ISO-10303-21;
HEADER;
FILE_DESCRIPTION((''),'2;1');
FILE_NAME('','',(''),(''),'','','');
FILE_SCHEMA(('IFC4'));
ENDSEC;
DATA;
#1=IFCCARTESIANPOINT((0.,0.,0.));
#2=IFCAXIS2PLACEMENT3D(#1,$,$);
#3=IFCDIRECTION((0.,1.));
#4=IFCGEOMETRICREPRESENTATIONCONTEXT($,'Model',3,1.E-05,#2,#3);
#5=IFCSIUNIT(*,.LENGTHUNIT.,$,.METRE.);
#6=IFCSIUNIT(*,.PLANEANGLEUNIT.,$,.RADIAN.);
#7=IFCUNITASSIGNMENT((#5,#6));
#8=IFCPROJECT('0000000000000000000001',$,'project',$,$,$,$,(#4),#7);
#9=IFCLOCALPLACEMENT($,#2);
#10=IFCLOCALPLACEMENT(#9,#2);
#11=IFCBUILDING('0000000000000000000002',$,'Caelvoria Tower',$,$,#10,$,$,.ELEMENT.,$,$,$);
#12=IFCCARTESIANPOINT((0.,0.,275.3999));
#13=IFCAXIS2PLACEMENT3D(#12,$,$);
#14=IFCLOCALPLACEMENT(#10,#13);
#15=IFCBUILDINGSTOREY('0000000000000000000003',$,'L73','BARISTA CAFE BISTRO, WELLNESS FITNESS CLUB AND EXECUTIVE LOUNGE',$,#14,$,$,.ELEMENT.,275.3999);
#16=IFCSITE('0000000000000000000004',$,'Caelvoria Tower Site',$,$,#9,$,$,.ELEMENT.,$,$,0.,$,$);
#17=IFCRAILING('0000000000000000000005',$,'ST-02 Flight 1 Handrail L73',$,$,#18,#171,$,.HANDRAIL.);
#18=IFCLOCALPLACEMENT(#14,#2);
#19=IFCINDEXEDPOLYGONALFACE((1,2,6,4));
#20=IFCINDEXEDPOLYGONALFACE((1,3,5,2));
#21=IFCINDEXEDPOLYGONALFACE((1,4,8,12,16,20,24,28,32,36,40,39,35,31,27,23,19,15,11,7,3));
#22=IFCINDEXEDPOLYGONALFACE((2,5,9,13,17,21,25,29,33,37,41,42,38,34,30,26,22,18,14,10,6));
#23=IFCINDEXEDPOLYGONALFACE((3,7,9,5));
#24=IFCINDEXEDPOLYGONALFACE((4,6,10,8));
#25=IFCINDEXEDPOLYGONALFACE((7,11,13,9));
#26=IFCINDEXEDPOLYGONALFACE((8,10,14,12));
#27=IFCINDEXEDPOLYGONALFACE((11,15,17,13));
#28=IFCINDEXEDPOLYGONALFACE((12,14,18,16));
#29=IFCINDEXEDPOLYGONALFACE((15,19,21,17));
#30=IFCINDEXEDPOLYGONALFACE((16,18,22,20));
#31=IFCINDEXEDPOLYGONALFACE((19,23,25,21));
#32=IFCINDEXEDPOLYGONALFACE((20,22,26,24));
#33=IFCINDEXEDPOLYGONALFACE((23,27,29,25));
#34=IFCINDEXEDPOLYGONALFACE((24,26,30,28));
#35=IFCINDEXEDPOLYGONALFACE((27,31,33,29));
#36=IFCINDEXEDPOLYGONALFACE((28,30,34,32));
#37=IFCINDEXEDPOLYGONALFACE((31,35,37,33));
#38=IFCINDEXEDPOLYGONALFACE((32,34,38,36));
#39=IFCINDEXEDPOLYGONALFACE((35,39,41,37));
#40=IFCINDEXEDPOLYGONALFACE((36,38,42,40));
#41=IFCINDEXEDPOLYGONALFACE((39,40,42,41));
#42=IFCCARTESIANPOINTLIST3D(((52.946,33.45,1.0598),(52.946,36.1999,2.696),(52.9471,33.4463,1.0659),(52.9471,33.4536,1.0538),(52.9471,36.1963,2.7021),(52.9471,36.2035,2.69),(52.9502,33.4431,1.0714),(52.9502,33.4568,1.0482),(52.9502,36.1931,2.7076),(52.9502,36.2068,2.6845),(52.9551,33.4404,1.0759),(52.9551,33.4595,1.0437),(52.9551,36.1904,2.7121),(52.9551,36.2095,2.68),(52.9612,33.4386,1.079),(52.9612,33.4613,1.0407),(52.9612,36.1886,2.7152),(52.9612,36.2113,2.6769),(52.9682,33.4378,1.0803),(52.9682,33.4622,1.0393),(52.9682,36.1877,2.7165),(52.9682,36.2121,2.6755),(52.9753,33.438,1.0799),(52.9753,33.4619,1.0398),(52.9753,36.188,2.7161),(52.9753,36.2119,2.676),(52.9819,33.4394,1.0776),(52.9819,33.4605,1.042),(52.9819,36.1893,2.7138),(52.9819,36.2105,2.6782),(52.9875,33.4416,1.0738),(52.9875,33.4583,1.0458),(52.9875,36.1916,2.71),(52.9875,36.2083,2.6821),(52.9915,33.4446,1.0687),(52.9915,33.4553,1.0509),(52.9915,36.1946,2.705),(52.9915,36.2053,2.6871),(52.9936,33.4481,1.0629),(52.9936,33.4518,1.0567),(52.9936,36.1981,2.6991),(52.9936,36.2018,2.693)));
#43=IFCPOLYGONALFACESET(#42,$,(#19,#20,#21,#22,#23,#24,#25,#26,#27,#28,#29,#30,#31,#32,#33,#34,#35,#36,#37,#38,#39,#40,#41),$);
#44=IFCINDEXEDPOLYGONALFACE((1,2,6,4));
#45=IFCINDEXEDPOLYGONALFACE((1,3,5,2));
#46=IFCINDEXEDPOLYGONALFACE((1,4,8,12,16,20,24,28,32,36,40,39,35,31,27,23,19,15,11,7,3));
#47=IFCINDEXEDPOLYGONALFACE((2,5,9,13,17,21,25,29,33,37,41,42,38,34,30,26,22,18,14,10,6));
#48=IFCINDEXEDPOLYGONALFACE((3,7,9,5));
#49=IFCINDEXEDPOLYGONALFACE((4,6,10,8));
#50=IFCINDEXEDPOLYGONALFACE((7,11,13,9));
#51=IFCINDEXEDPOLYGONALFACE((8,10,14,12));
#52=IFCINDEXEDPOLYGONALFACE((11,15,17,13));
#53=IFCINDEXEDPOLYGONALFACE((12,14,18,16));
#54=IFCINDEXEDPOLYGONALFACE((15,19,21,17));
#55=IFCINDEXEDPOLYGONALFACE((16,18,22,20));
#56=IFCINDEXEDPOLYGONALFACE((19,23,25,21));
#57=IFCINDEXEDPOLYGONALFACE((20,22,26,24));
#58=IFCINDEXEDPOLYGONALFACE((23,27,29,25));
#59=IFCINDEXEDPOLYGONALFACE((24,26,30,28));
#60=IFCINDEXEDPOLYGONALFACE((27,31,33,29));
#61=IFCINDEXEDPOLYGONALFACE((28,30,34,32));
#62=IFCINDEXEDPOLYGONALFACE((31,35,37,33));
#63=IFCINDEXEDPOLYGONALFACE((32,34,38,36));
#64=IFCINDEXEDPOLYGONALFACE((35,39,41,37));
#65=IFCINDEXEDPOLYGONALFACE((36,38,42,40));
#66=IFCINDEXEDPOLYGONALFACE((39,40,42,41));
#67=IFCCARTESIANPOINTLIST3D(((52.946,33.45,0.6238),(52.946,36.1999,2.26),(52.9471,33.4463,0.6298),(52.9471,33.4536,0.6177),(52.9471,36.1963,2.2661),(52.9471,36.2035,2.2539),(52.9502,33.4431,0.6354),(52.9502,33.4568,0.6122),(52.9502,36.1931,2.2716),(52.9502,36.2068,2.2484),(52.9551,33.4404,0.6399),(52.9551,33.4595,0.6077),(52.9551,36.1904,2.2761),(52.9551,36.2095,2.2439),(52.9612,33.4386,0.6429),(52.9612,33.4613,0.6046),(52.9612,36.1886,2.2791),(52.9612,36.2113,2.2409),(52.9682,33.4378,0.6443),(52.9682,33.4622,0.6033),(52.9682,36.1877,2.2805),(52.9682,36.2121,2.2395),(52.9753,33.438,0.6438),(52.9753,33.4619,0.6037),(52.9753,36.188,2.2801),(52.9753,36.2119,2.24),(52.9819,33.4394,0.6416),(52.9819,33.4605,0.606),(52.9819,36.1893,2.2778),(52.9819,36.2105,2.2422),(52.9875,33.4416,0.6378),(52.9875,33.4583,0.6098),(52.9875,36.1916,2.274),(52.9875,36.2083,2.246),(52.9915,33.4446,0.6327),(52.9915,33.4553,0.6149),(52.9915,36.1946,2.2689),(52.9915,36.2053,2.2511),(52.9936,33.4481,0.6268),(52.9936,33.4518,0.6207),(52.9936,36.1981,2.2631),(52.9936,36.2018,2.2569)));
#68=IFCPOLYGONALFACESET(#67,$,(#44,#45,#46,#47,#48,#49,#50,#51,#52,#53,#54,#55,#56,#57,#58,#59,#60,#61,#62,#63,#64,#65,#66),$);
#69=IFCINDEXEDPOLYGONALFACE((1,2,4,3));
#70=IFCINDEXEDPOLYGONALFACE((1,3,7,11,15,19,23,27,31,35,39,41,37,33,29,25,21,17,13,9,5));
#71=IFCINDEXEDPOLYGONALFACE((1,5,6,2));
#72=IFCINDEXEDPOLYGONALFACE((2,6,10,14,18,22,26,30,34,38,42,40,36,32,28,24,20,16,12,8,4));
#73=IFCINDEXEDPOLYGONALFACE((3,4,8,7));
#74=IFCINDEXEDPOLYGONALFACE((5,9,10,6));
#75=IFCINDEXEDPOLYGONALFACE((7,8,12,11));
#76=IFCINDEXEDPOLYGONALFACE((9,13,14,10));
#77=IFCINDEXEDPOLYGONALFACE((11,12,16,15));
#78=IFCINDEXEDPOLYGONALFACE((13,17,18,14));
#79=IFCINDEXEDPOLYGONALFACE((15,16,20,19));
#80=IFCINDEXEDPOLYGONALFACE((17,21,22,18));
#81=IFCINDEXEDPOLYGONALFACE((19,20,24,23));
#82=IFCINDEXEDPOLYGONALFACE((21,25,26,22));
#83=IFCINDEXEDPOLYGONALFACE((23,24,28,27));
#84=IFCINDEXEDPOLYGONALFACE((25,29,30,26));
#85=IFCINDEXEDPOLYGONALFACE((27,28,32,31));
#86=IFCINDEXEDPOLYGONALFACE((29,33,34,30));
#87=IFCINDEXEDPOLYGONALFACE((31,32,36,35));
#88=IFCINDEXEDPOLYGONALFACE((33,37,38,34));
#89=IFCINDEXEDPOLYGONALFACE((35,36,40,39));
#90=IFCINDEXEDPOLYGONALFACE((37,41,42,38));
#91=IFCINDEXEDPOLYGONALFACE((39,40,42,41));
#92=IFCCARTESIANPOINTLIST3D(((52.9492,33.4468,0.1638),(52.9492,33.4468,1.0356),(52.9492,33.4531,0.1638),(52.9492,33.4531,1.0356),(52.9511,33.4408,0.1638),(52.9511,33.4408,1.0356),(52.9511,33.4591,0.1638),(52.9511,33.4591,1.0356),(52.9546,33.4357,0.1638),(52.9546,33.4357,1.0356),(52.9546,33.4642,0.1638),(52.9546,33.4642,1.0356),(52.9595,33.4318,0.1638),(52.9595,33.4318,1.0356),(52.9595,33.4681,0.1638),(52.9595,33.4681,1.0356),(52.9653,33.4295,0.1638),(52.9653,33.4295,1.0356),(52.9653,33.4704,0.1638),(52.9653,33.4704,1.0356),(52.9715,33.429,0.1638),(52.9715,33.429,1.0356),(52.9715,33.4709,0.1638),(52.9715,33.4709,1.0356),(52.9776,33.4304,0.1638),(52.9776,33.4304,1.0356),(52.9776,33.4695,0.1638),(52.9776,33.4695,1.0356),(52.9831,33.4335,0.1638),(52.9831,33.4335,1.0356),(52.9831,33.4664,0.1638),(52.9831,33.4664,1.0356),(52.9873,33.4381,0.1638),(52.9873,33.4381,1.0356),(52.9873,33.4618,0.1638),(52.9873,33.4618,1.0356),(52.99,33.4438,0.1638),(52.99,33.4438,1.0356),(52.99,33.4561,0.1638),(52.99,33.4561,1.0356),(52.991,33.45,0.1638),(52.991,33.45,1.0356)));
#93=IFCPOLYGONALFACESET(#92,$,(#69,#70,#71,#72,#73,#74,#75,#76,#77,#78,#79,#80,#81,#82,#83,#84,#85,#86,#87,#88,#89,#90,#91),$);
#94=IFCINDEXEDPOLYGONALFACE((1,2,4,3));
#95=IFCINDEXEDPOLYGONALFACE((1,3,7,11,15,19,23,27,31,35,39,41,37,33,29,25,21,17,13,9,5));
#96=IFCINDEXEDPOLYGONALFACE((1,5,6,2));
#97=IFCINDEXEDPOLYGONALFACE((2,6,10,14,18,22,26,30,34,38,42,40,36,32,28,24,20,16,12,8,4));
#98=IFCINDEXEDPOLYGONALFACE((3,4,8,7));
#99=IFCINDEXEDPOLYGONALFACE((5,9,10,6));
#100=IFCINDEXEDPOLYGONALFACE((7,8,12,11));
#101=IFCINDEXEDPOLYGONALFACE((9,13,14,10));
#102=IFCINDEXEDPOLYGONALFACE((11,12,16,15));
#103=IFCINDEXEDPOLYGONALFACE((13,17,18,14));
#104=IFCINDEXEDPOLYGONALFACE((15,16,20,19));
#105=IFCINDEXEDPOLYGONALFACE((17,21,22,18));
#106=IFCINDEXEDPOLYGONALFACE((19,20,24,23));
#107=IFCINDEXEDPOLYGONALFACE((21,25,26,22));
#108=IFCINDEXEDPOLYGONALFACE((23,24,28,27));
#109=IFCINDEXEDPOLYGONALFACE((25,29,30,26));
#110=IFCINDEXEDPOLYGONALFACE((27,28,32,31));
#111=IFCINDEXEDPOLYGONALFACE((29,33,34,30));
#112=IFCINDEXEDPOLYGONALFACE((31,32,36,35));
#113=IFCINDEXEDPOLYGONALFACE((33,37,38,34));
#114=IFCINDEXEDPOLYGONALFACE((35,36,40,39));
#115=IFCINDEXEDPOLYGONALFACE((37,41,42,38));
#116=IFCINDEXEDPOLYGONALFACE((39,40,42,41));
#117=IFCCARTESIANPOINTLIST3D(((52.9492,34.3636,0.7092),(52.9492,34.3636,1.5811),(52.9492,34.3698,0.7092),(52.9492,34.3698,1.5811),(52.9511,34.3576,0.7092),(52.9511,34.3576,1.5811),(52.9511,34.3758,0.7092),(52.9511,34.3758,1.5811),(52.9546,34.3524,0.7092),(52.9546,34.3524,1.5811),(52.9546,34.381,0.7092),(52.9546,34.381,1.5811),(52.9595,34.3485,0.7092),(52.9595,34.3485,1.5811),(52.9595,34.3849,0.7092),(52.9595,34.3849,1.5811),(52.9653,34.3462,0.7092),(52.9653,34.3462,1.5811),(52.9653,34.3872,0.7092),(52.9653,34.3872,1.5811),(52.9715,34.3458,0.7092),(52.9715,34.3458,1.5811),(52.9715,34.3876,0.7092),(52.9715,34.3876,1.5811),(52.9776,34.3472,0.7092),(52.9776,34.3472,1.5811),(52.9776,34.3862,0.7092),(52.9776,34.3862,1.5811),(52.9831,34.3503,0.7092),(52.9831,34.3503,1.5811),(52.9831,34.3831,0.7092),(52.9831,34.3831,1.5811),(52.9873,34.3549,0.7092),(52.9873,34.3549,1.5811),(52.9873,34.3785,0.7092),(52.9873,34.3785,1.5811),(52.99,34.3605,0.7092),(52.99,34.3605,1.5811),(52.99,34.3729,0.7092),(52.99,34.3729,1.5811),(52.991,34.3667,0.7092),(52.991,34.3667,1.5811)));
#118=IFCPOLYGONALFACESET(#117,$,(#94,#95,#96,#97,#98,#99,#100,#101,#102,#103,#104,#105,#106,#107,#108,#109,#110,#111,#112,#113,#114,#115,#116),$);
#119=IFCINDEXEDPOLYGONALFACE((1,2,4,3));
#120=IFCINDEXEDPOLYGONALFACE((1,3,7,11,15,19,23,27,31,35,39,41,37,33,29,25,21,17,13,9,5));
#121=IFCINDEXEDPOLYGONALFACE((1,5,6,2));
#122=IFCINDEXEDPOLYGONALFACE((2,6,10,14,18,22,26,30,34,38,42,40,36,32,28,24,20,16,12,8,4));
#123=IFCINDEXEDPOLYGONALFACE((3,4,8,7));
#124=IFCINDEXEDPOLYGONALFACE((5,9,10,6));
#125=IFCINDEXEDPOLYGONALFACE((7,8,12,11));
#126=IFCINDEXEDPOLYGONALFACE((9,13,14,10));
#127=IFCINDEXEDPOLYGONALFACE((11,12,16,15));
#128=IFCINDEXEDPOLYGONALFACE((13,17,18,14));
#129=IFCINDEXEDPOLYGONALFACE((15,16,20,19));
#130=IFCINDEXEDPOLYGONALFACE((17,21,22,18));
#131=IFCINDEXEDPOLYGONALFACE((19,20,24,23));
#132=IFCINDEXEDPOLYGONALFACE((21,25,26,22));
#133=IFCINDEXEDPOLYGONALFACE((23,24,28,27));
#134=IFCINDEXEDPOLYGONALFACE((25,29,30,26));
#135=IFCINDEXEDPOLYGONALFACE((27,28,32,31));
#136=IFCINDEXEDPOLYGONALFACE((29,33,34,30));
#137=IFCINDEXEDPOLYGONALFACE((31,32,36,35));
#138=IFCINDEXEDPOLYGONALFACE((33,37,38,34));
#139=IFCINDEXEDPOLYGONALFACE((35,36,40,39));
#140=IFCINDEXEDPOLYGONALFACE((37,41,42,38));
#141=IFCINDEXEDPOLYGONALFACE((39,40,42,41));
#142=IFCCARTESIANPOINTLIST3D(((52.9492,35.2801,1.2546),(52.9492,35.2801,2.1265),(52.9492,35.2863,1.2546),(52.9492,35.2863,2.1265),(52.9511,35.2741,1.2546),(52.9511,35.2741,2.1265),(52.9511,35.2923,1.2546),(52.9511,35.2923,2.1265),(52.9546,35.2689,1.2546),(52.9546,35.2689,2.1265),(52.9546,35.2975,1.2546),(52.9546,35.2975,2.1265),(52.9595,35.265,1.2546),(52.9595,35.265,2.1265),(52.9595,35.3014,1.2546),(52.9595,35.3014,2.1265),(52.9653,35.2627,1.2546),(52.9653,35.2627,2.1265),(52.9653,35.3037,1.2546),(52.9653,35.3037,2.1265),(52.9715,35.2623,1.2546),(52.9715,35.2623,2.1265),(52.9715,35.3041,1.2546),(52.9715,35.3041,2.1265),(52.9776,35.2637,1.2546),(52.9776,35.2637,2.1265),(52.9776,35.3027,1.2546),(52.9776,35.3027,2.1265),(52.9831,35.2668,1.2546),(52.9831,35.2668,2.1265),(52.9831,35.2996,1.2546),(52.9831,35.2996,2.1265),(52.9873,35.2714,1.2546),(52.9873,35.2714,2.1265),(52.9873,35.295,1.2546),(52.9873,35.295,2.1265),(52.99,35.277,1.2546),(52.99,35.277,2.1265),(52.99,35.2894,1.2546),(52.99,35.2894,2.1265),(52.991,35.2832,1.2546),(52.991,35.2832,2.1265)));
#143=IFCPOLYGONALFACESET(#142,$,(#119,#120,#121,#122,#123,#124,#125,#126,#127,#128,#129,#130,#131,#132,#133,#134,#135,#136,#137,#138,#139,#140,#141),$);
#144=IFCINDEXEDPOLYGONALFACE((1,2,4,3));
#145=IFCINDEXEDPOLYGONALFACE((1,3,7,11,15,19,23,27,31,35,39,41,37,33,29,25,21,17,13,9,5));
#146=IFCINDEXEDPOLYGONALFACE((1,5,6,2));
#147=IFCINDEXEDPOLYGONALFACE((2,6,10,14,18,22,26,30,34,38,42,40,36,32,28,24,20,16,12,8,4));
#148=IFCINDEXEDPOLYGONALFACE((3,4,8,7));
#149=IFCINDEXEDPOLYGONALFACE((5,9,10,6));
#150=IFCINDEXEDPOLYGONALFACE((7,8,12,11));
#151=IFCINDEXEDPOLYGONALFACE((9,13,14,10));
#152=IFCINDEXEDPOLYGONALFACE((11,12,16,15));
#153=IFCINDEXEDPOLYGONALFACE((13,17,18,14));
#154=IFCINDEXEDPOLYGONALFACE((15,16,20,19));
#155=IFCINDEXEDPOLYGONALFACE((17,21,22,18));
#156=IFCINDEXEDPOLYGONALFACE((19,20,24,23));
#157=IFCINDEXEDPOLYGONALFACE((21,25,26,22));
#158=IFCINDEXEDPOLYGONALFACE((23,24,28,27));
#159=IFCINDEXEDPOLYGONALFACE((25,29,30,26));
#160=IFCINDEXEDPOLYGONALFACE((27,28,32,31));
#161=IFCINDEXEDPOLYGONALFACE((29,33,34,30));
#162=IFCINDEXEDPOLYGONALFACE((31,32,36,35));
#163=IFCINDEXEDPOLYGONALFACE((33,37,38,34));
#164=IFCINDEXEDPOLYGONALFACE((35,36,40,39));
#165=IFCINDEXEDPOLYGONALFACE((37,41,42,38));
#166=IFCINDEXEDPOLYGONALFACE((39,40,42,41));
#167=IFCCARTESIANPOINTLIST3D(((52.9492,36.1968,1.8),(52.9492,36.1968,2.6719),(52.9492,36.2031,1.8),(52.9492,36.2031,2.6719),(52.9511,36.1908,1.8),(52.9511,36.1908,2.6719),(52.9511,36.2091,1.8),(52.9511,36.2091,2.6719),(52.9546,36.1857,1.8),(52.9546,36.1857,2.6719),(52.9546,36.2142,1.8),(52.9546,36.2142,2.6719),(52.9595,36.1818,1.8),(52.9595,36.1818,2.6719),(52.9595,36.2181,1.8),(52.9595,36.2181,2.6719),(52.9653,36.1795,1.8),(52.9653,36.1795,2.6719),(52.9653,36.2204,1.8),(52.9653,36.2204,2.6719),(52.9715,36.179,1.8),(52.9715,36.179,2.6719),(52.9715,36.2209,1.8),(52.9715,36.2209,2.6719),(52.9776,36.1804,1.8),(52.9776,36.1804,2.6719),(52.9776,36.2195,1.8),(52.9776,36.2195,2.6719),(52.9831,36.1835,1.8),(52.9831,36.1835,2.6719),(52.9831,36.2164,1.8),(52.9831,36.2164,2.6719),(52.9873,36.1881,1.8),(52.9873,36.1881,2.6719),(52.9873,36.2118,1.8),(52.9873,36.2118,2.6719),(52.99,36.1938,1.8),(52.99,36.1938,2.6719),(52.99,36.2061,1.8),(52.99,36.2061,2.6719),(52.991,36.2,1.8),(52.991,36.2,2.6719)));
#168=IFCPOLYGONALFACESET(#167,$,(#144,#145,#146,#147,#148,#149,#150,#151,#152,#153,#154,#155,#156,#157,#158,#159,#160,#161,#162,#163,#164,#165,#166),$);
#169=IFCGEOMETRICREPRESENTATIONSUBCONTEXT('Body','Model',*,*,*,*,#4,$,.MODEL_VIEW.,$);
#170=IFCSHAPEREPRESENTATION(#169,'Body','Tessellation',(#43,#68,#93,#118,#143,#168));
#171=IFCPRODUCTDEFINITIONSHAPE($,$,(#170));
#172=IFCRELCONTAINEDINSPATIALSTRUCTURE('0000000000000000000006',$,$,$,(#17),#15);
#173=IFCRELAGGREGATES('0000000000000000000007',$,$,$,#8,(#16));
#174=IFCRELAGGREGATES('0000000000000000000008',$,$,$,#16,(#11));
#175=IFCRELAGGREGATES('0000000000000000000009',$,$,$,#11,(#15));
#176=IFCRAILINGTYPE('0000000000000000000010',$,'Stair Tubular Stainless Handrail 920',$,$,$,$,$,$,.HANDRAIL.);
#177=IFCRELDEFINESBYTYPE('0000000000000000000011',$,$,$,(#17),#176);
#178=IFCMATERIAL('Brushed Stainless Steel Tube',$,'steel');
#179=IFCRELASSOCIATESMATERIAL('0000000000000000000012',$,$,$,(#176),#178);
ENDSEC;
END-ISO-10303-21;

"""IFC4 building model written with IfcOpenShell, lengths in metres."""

from ifc_helpers import new_model, si_unit, direction, frame, origin, origin_2d, place, context, subcontext, project, spatial, circle, extrude, material, type_object, element, save


model = new_model("IFC4")

# Units and contexts
model_context = context("Model", 3, precision=1e-05, world=origin(), true_north=direction((0.0, 1.0)))
body_context = subcontext(model_context, "Body", "Model", "MODEL_VIEW")
ifc_project = project(units=[si_unit("LENGTHUNIT", "METRE"), si_unit("PLANEANGLEUNIT", "RADIAN")], contexts=[model_context])

# Site, building, storey
site_placement = place(None, origin())
site = spatial("IfcSite", under=ifc_project, at=site_placement, Name="Caelvoria Tower Site", CompositionType="ELEMENT", RefElevation=0.0)
building_placement = place(site_placement, origin())
building = spatial("IfcBuilding", under=site, at=building_placement, Name="Caelvoria Tower", CompositionType="ELEMENT")
storey_placement = place(building_placement, frame((0.0, 0.0, 275.3999)))
storey = spatial("IfcBuildingStorey", under=building, at=storey_placement, Name="L73", Description="BARISTA CAFE BISTRO, WELLNESS FITNESS CLUB AND EXECUTIVE LOUNGE", CompositionType="ELEMENT", Elevation=275.3999)

# Railing
ifc_material_1 = material(Name="Brushed Stainless Steel Tube", Category="steel")
railing_type_1 = type_object("IfcRailingType", Name="Stair Tubular Stainless Handrail 920", PredefinedType="HANDRAIL", material=ifc_material_1)
railing_1_placement = place(storey_placement, frame((52.97, 33.45, 0.1638)))
element("IfcRailing", 1, at=railing_1_placement, inside=storey, type_object=railing_type_1, Name="ST-02 Flight 1 Handrail L73", PredefinedType="HANDRAIL", context=body_context, shape_type="SweptSolid", body=[
    extrude(circle(Radius=0.0239, at=origin_2d()), frame((0.0, 0.0, 0.896), z_axis=(0.0, 0.859385, 0.511328), x_axis=(-1.0, 0.0, 0.0)), (0.0, 0.0, 1.0), 3.2),
    extrude(circle(Radius=0.0239, at=origin_2d()), frame((0.0, 0.0, 0.46), z_axis=(0.0, 0.859385, 0.511328), x_axis=(-1.0, 0.0, 0.0)), (0.0, 0.0, 1.0), 3.2),
    extrude(circle(Radius=0.021, at=origin_2d()), origin(), (0.0, 0.0, 1.0), 0.8718),
    extrude(circle(Radius=0.021, at=origin_2d()), frame((0.0, 0.9167, 0.5454)), (0.0, 0.0, 1.0), 0.8718),
    extrude(circle(Radius=0.021, at=origin_2d()), frame((0.0, 1.8333, 1.0908)), (0.0, 0.0, 1.0), 0.8718),
    extrude(circle(Radius=0.021, at=origin_2d()), frame((0.0, 2.75, 1.6362)), (0.0, 0.0, 1.0), 0.8718),
])

save(model, "model.ifc")
